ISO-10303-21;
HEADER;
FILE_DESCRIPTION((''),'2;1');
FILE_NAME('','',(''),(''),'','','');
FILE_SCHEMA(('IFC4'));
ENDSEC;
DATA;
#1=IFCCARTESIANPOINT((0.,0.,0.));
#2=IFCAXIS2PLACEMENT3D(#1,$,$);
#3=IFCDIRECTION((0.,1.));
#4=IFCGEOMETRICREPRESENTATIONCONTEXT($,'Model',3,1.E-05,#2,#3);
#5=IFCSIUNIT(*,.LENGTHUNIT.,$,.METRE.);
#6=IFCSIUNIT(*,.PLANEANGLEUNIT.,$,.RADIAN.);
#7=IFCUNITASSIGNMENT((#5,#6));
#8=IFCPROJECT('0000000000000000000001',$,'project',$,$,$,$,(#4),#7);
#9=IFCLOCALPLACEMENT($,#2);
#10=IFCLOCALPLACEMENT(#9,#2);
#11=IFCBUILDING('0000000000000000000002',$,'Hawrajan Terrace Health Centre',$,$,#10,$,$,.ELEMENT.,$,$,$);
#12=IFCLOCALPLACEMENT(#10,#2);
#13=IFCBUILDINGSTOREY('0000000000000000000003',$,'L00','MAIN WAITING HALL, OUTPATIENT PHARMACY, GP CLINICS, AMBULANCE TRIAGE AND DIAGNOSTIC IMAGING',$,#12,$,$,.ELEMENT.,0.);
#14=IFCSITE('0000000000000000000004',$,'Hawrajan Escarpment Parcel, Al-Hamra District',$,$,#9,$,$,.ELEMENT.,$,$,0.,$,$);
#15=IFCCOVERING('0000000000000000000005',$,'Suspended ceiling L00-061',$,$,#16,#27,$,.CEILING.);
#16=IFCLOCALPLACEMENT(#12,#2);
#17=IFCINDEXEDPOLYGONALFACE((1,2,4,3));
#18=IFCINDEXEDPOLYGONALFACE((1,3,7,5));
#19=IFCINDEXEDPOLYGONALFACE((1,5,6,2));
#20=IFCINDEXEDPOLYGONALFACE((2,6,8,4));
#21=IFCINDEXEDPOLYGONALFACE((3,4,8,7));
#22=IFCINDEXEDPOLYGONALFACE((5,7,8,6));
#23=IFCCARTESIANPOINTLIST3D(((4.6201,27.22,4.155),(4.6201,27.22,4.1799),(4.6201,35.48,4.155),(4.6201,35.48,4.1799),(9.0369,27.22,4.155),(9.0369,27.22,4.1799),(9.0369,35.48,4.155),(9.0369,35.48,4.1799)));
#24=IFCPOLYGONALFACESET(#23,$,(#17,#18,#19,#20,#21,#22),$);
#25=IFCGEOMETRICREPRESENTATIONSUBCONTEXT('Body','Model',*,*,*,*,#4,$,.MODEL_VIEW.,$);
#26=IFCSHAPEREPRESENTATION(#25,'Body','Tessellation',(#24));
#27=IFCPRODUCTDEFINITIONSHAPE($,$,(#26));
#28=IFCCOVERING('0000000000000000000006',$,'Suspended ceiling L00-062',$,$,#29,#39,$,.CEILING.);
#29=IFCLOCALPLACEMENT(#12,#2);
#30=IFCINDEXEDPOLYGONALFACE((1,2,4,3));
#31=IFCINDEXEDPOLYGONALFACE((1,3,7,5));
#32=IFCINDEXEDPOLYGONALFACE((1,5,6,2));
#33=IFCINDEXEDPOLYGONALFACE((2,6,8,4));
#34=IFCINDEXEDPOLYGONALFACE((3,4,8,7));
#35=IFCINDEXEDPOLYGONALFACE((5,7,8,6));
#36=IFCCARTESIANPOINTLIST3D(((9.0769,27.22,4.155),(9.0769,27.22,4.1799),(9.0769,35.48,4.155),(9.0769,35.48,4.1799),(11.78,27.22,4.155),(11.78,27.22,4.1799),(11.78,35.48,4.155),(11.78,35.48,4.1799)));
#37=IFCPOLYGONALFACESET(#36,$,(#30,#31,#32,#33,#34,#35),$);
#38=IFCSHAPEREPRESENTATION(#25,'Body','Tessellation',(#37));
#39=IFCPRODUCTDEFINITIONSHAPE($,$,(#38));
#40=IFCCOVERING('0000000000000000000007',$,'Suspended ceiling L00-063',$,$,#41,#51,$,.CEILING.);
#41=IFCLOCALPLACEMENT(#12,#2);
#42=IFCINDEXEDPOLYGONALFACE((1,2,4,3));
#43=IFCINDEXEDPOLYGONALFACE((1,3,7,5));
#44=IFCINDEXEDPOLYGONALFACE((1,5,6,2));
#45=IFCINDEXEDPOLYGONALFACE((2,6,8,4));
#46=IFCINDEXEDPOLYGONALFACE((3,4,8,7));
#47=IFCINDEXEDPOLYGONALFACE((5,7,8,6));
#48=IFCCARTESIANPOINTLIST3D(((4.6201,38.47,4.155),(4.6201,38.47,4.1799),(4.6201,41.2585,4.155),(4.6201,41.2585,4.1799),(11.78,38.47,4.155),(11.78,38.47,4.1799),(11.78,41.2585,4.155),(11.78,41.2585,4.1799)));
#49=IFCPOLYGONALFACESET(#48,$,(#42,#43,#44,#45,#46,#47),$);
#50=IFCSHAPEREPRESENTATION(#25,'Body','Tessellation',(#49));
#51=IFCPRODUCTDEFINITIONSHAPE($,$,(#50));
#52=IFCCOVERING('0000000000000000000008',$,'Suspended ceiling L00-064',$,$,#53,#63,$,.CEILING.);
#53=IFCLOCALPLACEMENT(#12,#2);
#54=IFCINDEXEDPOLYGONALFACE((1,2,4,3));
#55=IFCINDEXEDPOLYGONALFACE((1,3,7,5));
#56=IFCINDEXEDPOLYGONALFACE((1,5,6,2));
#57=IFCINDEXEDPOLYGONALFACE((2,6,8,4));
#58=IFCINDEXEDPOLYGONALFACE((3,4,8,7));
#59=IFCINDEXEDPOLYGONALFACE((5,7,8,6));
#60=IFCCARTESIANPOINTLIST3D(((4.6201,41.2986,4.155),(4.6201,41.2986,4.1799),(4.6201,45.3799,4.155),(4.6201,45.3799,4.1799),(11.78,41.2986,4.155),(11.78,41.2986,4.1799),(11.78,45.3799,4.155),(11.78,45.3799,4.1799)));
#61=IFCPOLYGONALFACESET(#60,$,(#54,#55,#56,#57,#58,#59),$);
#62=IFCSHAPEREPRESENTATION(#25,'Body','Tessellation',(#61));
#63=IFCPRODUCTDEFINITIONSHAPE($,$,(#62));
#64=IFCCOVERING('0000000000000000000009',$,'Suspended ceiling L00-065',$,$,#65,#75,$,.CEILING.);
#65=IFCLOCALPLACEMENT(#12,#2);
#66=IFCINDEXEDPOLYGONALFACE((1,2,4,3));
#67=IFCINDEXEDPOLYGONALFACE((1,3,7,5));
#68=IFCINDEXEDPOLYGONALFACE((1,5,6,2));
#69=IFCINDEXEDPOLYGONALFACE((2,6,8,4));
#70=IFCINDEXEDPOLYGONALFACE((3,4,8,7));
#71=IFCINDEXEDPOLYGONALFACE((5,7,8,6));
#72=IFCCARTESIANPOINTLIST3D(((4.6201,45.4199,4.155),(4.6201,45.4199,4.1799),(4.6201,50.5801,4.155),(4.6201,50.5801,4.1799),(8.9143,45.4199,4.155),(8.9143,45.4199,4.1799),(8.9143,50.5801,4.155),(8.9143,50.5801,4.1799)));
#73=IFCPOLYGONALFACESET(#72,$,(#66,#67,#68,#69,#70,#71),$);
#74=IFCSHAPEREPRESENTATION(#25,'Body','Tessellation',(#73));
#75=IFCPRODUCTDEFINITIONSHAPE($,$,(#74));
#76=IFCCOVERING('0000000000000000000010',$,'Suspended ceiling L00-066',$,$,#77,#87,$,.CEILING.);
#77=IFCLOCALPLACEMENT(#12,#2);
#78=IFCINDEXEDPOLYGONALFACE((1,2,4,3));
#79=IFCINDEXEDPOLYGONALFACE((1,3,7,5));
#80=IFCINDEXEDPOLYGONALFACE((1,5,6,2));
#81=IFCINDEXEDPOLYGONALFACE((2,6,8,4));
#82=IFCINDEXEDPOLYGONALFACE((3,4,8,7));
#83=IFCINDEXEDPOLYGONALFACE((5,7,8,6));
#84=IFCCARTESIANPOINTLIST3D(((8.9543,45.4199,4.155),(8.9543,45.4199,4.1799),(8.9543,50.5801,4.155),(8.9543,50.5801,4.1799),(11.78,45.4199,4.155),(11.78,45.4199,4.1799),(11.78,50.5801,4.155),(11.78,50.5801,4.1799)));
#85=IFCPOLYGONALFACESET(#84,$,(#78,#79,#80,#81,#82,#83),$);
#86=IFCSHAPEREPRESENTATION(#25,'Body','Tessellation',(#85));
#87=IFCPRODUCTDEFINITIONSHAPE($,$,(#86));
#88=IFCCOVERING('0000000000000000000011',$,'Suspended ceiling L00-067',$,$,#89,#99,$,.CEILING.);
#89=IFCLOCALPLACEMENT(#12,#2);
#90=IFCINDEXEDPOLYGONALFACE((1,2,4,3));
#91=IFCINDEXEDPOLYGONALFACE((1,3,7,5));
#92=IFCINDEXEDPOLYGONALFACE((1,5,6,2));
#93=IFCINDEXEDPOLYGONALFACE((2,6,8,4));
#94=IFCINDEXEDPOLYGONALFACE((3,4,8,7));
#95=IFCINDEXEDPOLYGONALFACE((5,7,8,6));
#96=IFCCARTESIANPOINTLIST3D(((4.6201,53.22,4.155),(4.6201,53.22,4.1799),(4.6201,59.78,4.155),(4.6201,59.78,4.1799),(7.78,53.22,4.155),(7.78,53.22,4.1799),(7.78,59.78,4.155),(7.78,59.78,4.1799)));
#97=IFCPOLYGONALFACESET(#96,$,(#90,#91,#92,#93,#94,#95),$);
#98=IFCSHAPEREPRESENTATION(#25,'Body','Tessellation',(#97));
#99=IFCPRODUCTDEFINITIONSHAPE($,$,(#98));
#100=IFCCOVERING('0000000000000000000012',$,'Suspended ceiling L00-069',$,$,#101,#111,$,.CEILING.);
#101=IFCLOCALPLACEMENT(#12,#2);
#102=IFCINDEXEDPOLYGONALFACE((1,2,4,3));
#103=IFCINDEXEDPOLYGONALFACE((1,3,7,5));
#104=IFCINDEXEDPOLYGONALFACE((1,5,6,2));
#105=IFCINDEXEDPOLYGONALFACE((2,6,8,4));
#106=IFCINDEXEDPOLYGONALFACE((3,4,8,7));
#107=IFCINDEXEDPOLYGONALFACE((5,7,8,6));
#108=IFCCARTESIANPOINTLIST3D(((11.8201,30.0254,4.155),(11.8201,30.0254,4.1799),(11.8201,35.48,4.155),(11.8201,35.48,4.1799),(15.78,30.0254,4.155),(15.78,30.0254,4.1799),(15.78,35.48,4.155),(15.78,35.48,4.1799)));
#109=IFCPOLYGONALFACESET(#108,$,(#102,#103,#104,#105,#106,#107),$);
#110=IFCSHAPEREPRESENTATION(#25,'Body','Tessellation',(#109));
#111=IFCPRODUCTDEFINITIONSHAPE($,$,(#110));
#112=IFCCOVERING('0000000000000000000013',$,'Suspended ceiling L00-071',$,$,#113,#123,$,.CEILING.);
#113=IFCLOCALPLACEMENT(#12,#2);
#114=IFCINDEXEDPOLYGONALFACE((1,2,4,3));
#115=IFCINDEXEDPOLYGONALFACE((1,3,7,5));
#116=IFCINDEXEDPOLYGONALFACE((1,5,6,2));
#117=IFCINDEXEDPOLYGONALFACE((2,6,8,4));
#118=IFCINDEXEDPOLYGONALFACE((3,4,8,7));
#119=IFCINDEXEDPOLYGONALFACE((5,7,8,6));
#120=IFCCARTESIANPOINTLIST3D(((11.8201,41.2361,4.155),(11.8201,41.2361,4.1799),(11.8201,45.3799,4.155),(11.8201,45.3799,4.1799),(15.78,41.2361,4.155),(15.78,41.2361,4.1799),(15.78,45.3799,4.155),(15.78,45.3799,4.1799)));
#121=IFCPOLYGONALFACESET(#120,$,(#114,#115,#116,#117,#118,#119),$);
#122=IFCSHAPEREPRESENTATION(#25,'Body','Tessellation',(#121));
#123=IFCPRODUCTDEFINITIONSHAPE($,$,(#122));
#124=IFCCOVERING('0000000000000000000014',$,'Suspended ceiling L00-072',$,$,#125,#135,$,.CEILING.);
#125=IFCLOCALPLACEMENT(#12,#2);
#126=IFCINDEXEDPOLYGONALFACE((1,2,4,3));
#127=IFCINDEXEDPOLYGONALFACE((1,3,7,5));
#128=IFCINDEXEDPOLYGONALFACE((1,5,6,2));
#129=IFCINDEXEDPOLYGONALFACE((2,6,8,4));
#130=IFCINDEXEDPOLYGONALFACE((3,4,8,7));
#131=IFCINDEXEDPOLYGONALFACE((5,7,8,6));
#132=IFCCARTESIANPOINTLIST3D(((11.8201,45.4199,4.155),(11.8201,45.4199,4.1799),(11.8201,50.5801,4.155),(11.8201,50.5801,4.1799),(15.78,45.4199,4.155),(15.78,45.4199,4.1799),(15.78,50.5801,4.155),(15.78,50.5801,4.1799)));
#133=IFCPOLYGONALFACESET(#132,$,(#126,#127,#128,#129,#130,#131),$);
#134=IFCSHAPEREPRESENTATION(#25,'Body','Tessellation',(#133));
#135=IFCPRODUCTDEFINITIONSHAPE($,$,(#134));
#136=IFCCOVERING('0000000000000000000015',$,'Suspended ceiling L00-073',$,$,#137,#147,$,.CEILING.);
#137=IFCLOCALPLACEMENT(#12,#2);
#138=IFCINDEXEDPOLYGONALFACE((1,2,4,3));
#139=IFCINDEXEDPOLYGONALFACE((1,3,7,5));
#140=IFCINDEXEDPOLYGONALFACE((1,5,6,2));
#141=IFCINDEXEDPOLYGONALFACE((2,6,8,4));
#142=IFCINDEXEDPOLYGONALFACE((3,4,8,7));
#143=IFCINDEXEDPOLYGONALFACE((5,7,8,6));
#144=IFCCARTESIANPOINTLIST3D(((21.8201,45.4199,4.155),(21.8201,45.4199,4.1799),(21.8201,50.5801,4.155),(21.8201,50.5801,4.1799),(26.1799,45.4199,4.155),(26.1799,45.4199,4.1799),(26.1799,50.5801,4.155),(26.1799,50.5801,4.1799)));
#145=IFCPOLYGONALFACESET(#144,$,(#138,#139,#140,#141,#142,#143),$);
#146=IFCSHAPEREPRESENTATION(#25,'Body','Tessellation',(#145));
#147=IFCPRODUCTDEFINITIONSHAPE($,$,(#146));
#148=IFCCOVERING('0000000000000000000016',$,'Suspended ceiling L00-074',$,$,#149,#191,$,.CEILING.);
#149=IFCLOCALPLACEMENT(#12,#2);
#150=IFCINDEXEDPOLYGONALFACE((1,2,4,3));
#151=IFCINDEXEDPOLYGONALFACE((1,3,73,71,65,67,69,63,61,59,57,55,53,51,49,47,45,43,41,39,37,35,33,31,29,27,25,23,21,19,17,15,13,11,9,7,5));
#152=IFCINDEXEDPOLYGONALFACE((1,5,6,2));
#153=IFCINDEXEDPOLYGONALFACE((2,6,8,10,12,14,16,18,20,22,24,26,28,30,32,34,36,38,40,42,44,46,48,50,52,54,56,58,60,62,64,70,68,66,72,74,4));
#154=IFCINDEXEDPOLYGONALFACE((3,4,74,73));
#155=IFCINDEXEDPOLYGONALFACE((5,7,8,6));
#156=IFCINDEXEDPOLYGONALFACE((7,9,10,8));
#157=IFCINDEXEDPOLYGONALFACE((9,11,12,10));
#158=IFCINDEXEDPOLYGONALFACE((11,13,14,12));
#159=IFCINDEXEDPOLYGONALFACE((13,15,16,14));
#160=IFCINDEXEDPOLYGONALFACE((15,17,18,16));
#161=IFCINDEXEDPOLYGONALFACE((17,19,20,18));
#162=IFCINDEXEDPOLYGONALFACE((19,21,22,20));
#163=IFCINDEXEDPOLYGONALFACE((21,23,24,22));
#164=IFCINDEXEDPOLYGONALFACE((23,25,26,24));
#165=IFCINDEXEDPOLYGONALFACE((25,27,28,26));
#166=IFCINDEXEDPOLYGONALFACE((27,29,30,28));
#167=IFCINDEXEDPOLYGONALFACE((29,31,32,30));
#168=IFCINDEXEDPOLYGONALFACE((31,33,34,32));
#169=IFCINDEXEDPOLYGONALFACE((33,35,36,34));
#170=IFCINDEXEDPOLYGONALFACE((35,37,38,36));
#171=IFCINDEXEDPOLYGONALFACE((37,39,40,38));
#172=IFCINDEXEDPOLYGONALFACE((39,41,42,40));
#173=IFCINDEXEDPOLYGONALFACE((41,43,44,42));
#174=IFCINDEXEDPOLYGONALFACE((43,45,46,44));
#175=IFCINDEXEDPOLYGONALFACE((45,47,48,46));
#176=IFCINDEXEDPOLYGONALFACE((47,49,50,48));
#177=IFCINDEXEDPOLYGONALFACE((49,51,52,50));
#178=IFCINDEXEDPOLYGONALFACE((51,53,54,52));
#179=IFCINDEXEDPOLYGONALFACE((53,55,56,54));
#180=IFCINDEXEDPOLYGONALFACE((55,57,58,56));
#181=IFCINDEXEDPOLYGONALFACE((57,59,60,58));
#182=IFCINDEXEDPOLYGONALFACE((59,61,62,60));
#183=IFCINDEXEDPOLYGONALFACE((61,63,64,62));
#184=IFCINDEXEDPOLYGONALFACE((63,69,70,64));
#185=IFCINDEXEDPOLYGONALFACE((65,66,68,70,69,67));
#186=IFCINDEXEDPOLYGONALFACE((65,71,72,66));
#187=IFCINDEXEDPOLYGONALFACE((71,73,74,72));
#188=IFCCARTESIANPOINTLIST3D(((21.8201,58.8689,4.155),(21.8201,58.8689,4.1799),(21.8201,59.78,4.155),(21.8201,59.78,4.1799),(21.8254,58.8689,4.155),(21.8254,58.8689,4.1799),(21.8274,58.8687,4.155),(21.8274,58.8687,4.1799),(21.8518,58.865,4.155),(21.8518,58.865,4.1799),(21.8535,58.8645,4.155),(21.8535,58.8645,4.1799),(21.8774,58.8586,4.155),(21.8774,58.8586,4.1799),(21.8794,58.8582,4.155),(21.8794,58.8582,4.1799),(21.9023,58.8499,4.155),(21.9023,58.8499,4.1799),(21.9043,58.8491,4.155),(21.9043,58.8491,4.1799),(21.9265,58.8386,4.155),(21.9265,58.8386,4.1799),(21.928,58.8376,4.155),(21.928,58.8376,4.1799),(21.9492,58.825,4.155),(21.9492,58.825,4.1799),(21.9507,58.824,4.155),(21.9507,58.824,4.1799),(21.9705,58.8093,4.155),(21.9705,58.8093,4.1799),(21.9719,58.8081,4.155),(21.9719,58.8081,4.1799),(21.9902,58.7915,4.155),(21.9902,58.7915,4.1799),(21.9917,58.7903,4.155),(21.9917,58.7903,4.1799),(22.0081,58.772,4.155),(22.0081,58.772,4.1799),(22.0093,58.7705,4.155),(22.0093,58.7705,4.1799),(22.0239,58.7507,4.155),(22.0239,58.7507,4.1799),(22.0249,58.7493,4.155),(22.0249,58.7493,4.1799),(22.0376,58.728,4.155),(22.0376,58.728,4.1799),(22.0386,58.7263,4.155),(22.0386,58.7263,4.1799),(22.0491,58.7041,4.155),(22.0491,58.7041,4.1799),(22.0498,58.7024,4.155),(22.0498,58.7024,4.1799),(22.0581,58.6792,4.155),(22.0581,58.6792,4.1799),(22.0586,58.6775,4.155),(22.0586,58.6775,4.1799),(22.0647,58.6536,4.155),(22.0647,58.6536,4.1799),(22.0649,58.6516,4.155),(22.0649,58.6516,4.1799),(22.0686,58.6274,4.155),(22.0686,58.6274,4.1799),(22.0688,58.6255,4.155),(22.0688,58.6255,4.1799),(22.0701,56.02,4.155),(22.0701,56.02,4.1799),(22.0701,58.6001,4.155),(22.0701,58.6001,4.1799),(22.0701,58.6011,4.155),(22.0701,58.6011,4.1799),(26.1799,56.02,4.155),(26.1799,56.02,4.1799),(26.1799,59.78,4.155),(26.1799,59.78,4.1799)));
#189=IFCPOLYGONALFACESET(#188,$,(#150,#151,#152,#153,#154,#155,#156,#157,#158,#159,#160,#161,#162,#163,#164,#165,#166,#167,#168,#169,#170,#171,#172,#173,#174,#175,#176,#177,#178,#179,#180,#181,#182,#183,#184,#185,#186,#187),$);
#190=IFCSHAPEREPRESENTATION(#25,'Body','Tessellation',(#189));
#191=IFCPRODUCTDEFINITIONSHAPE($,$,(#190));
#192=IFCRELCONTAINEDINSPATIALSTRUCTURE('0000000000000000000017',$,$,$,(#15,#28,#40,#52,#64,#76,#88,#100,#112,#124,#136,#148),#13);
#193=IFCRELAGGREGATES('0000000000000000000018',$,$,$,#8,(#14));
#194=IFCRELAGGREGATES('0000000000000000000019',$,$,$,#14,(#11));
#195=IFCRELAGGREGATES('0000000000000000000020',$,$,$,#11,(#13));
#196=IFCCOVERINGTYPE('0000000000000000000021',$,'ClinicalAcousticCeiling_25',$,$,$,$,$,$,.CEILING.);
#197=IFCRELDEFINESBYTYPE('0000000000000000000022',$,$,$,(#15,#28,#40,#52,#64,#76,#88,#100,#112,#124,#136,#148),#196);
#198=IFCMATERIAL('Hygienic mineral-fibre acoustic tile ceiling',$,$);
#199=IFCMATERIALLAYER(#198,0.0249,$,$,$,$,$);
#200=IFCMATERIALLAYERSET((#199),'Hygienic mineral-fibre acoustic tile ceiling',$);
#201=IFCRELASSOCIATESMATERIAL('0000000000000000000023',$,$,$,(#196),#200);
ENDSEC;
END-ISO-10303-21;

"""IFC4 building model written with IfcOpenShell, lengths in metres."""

from ifc_helpers import new_model, si_unit, direction, frame, origin, place, context, subcontext, project, spatial, polyline, outline, extrude, material, layer, layer_set, type_object, element, save


model = new_model("IFC4")

# Units and contexts
model_context = context("Model", 3, precision=1e-05, world=origin(), true_north=direction((0.0, 1.0)))
body_context = subcontext(model_context, "Body", "Model", "MODEL_VIEW")
ifc_project = project(units=[si_unit("LENGTHUNIT", "METRE"), si_unit("PLANEANGLEUNIT", "RADIAN")], contexts=[model_context])

# Site, building, storey
site_placement = place(None, origin())
site = spatial("IfcSite", under=ifc_project, at=site_placement, Name="Hawrajan Escarpment Parcel, Al-Hamra District", CompositionType="ELEMENT", RefElevation=0.0)
building_placement = place(site_placement, origin())
building = spatial("IfcBuilding", under=site, at=building_placement, Name="Hawrajan Terrace Health Centre", CompositionType="ELEMENT")
storey_placement = place(building_placement, origin())
storey = spatial("IfcBuildingStorey", under=building, at=storey_placement, Name="L00", Description="MAIN WAITING HALL, OUTPATIENT PHARMACY, GP CLINICS, AMBULANCE TRIAGE AND DIAGNOSTIC IMAGING", CompositionType="ELEMENT", Elevation=0.0)

# Coverings
ifc_material = material(Name="Hygienic mineral-fibre acoustic tile ceiling")
ifc_layer = layer(ifc_material, 0.0249)
ifc_layer_set = layer_set([ifc_layer], Name="Hygienic mineral-fibre acoustic tile ceiling")
covering_type = type_object("IfcCoveringType", Name="ClinicalAcousticCeiling_25", PredefinedType="CEILING", material=ifc_layer_set)
covering_1_placement = place(storey_placement, frame((0.0, 0.0, 4.155)))
element("IfcCovering", 1, at=covering_1_placement, inside=storey, type_object=covering_type, Name="Suspended ceiling L00-061", PredefinedType="CEILING", context=body_context, shape_type="SweptSolid", body=[
    extrude(outline(polyline([(4.6201, 35.48), (9.0369, 35.48), (9.0369, 27.22), (4.6201, 27.22), (4.6201, 35.48)])), origin(), (0.0, 0.0, 1.0), 0.0249),
])
covering_2_placement = place(storey_placement, frame((0.0, 0.0, 4.155)))
element("IfcCovering", 2, at=covering_2_placement, inside=storey, type_object=covering_type, Name="Suspended ceiling L00-062", PredefinedType="CEILING", context=body_context, shape_type="SweptSolid", body=[
    extrude(outline(polyline([(9.0769, 35.48), (11.78, 35.48), (11.78, 27.22), (9.0769, 27.22), (9.0769, 35.48)])), origin(), (0.0, 0.0, 1.0), 0.0249),
])
covering_3_placement = place(storey_placement, frame((0.0, 0.0, 4.155)))
element("IfcCovering", 3, at=covering_3_placement, inside=storey, type_object=covering_type, Name="Suspended ceiling L00-063", PredefinedType="CEILING", context=body_context, shape_type="SweptSolid", body=[
    extrude(outline(polyline([(4.6201, 41.2585), (11.78, 41.2585), (11.78, 38.47), (4.6201, 38.47), (4.6201, 41.2585)])), origin(), (0.0, 0.0, 1.0), 0.0249),
])
covering_4_placement = place(storey_placement, frame((0.0, 0.0, 4.155)))
element("IfcCovering", 4, at=covering_4_placement, inside=storey, type_object=covering_type, Name="Suspended ceiling L00-064", PredefinedType="CEILING", context=body_context, shape_type="SweptSolid", body=[
    extrude(outline(polyline([(4.6201, 45.3799), (11.78, 45.3799), (11.78, 41.2986), (4.6201, 41.2986), (4.6201, 45.3799)])), origin(), (0.0, 0.0, 1.0), 0.0249),
])
covering_5_placement = place(storey_placement, frame((0.0, 0.0, 4.155)))
element("IfcCovering", 5, at=covering_5_placement, inside=storey, type_object=covering_type, Name="Suspended ceiling L00-065", PredefinedType="CEILING", context=body_context, shape_type="SweptSolid", body=[
    extrude(outline(polyline([(4.6201, 50.5801), (8.9143, 50.5801), (8.9143, 45.4199), (4.6201, 45.4199), (4.6201, 50.5801)])), origin(), (0.0, 0.0, 1.0), 0.0249),
])
covering_6_placement = place(storey_placement, frame((0.0, 0.0, 4.155)))
element("IfcCovering", 6, at=covering_6_placement, inside=storey, type_object=covering_type, Name="Suspended ceiling L00-066", PredefinedType="CEILING", context=body_context, shape_type="SweptSolid", body=[
    extrude(outline(polyline([(8.9543, 50.5801), (11.78, 50.5801), (11.78, 45.4199), (8.9543, 45.4199), (8.9543, 50.5801)])), origin(), (0.0, 0.0, 1.0), 0.0249),
])
covering_7_placement = place(storey_placement, frame((0.0, 0.0, 4.155)))
element("IfcCovering", 7, at=covering_7_placement, inside=storey, type_object=covering_type, Name="Suspended ceiling L00-067", PredefinedType="CEILING", context=body_context, shape_type="SweptSolid", body=[
    extrude(outline(polyline([(4.6201, 59.78), (7.78, 59.78), (7.78, 53.22), (4.6201, 53.22), (4.6201, 59.78)])), origin(), (0.0, 0.0, 1.0), 0.0249),
])
covering_8_placement = place(storey_placement, frame((0.0, 0.0, 4.155)))
element("IfcCovering", 8, at=covering_8_placement, inside=storey, type_object=covering_type, Name="Suspended ceiling L00-069", PredefinedType="CEILING", context=body_context, shape_type="SweptSolid", body=[
    extrude(outline(polyline([(11.8201, 35.48), (15.78, 35.48), (15.78, 30.0254), (11.8201, 30.0254), (11.8201, 35.48)])), origin(), (0.0, 0.0, 1.0), 0.0249),
])
covering_9_placement = place(storey_placement, frame((0.0, 0.0, 4.155)))
element("IfcCovering", 9, at=covering_9_placement, inside=storey, type_object=covering_type, Name="Suspended ceiling L00-071", PredefinedType="CEILING", context=body_context, shape_type="SweptSolid", body=[
    extrude(outline(polyline([(11.8201, 45.3799), (15.78, 45.3799), (15.78, 41.2361), (11.8201, 41.2361), (11.8201, 45.3799)])), origin(), (0.0, 0.0, 1.0), 0.0249),
])
covering_10_placement = place(storey_placement, frame((0.0, 0.0, 4.155)))
element("IfcCovering", 10, at=covering_10_placement, inside=storey, type_object=covering_type, Name="Suspended ceiling L00-072", PredefinedType="CEILING", context=body_context, shape_type="SweptSolid", body=[
    extrude(outline(polyline([(11.8201, 50.5801), (15.78, 50.5801), (15.78, 45.4199), (11.8201, 45.4199), (11.8201, 50.5801)])), origin(), (0.0, 0.0, 1.0), 0.0249),
])
covering_11_placement = place(storey_placement, frame((0.0, 0.0, 4.155)))
element("IfcCovering", 11, at=covering_11_placement, inside=storey, type_object=covering_type, Name="Suspended ceiling L00-073", PredefinedType="CEILING", context=body_context, shape_type="SweptSolid", body=[
    extrude(outline(polyline([(21.8201, 50.5801), (26.1799, 50.5801), (26.1799, 45.4199), (21.8201, 45.4199), (21.8201, 50.5801)])), origin(), (0.0, 0.0, 1.0), 0.0249),
])
covering_12_placement = place(storey_placement, frame((0.0, 0.0, 4.155)))
element("IfcCovering", 12, at=covering_12_placement, inside=storey, type_object=covering_type, Name="Suspended ceiling L00-074", PredefinedType="CEILING", context=body_context, shape_type="SweptSolid", body=[
    extrude(outline(polyline([(21.8201, 59.78), (26.1799, 59.78), (26.1799, 56.02), (22.0701, 56.02), (22.0701, 58.6001), (22.0701, 58.6011), (22.0688, 58.6255), (22.0686, 58.6274), (22.0649, 58.6516), (22.0647, 58.6536), (22.0586, 58.6775), (22.0581, 58.6792), (22.0498, 58.7024), (22.0491, 58.7041), (22.0386, 58.7263), (22.0376, 58.728), (22.0249, 58.7493), (22.0239, 58.7507), (22.0093, 58.7705), (22.0081, 58.772), (21.9917, 58.7903), (21.9902, 58.7915), (21.9719, 58.8081), (21.9705, 58.8093), (21.9507, 58.824), (21.9492, 58.825), (21.928, 58.8376), (21.9265, 58.8386), (21.9043, 58.8491), (21.9023, 58.8499), (21.8794, 58.8582), (21.8774, 58.8586), (21.8535, 58.8645), (21.8518, 58.865), (21.8274, 58.8687), (21.8254, 58.8689), (21.8201, 58.8689), (21.8201, 59.78)])), origin(), (0.0, 0.0, 1.0), 0.0249),
])

save(model, "model.ifc")
